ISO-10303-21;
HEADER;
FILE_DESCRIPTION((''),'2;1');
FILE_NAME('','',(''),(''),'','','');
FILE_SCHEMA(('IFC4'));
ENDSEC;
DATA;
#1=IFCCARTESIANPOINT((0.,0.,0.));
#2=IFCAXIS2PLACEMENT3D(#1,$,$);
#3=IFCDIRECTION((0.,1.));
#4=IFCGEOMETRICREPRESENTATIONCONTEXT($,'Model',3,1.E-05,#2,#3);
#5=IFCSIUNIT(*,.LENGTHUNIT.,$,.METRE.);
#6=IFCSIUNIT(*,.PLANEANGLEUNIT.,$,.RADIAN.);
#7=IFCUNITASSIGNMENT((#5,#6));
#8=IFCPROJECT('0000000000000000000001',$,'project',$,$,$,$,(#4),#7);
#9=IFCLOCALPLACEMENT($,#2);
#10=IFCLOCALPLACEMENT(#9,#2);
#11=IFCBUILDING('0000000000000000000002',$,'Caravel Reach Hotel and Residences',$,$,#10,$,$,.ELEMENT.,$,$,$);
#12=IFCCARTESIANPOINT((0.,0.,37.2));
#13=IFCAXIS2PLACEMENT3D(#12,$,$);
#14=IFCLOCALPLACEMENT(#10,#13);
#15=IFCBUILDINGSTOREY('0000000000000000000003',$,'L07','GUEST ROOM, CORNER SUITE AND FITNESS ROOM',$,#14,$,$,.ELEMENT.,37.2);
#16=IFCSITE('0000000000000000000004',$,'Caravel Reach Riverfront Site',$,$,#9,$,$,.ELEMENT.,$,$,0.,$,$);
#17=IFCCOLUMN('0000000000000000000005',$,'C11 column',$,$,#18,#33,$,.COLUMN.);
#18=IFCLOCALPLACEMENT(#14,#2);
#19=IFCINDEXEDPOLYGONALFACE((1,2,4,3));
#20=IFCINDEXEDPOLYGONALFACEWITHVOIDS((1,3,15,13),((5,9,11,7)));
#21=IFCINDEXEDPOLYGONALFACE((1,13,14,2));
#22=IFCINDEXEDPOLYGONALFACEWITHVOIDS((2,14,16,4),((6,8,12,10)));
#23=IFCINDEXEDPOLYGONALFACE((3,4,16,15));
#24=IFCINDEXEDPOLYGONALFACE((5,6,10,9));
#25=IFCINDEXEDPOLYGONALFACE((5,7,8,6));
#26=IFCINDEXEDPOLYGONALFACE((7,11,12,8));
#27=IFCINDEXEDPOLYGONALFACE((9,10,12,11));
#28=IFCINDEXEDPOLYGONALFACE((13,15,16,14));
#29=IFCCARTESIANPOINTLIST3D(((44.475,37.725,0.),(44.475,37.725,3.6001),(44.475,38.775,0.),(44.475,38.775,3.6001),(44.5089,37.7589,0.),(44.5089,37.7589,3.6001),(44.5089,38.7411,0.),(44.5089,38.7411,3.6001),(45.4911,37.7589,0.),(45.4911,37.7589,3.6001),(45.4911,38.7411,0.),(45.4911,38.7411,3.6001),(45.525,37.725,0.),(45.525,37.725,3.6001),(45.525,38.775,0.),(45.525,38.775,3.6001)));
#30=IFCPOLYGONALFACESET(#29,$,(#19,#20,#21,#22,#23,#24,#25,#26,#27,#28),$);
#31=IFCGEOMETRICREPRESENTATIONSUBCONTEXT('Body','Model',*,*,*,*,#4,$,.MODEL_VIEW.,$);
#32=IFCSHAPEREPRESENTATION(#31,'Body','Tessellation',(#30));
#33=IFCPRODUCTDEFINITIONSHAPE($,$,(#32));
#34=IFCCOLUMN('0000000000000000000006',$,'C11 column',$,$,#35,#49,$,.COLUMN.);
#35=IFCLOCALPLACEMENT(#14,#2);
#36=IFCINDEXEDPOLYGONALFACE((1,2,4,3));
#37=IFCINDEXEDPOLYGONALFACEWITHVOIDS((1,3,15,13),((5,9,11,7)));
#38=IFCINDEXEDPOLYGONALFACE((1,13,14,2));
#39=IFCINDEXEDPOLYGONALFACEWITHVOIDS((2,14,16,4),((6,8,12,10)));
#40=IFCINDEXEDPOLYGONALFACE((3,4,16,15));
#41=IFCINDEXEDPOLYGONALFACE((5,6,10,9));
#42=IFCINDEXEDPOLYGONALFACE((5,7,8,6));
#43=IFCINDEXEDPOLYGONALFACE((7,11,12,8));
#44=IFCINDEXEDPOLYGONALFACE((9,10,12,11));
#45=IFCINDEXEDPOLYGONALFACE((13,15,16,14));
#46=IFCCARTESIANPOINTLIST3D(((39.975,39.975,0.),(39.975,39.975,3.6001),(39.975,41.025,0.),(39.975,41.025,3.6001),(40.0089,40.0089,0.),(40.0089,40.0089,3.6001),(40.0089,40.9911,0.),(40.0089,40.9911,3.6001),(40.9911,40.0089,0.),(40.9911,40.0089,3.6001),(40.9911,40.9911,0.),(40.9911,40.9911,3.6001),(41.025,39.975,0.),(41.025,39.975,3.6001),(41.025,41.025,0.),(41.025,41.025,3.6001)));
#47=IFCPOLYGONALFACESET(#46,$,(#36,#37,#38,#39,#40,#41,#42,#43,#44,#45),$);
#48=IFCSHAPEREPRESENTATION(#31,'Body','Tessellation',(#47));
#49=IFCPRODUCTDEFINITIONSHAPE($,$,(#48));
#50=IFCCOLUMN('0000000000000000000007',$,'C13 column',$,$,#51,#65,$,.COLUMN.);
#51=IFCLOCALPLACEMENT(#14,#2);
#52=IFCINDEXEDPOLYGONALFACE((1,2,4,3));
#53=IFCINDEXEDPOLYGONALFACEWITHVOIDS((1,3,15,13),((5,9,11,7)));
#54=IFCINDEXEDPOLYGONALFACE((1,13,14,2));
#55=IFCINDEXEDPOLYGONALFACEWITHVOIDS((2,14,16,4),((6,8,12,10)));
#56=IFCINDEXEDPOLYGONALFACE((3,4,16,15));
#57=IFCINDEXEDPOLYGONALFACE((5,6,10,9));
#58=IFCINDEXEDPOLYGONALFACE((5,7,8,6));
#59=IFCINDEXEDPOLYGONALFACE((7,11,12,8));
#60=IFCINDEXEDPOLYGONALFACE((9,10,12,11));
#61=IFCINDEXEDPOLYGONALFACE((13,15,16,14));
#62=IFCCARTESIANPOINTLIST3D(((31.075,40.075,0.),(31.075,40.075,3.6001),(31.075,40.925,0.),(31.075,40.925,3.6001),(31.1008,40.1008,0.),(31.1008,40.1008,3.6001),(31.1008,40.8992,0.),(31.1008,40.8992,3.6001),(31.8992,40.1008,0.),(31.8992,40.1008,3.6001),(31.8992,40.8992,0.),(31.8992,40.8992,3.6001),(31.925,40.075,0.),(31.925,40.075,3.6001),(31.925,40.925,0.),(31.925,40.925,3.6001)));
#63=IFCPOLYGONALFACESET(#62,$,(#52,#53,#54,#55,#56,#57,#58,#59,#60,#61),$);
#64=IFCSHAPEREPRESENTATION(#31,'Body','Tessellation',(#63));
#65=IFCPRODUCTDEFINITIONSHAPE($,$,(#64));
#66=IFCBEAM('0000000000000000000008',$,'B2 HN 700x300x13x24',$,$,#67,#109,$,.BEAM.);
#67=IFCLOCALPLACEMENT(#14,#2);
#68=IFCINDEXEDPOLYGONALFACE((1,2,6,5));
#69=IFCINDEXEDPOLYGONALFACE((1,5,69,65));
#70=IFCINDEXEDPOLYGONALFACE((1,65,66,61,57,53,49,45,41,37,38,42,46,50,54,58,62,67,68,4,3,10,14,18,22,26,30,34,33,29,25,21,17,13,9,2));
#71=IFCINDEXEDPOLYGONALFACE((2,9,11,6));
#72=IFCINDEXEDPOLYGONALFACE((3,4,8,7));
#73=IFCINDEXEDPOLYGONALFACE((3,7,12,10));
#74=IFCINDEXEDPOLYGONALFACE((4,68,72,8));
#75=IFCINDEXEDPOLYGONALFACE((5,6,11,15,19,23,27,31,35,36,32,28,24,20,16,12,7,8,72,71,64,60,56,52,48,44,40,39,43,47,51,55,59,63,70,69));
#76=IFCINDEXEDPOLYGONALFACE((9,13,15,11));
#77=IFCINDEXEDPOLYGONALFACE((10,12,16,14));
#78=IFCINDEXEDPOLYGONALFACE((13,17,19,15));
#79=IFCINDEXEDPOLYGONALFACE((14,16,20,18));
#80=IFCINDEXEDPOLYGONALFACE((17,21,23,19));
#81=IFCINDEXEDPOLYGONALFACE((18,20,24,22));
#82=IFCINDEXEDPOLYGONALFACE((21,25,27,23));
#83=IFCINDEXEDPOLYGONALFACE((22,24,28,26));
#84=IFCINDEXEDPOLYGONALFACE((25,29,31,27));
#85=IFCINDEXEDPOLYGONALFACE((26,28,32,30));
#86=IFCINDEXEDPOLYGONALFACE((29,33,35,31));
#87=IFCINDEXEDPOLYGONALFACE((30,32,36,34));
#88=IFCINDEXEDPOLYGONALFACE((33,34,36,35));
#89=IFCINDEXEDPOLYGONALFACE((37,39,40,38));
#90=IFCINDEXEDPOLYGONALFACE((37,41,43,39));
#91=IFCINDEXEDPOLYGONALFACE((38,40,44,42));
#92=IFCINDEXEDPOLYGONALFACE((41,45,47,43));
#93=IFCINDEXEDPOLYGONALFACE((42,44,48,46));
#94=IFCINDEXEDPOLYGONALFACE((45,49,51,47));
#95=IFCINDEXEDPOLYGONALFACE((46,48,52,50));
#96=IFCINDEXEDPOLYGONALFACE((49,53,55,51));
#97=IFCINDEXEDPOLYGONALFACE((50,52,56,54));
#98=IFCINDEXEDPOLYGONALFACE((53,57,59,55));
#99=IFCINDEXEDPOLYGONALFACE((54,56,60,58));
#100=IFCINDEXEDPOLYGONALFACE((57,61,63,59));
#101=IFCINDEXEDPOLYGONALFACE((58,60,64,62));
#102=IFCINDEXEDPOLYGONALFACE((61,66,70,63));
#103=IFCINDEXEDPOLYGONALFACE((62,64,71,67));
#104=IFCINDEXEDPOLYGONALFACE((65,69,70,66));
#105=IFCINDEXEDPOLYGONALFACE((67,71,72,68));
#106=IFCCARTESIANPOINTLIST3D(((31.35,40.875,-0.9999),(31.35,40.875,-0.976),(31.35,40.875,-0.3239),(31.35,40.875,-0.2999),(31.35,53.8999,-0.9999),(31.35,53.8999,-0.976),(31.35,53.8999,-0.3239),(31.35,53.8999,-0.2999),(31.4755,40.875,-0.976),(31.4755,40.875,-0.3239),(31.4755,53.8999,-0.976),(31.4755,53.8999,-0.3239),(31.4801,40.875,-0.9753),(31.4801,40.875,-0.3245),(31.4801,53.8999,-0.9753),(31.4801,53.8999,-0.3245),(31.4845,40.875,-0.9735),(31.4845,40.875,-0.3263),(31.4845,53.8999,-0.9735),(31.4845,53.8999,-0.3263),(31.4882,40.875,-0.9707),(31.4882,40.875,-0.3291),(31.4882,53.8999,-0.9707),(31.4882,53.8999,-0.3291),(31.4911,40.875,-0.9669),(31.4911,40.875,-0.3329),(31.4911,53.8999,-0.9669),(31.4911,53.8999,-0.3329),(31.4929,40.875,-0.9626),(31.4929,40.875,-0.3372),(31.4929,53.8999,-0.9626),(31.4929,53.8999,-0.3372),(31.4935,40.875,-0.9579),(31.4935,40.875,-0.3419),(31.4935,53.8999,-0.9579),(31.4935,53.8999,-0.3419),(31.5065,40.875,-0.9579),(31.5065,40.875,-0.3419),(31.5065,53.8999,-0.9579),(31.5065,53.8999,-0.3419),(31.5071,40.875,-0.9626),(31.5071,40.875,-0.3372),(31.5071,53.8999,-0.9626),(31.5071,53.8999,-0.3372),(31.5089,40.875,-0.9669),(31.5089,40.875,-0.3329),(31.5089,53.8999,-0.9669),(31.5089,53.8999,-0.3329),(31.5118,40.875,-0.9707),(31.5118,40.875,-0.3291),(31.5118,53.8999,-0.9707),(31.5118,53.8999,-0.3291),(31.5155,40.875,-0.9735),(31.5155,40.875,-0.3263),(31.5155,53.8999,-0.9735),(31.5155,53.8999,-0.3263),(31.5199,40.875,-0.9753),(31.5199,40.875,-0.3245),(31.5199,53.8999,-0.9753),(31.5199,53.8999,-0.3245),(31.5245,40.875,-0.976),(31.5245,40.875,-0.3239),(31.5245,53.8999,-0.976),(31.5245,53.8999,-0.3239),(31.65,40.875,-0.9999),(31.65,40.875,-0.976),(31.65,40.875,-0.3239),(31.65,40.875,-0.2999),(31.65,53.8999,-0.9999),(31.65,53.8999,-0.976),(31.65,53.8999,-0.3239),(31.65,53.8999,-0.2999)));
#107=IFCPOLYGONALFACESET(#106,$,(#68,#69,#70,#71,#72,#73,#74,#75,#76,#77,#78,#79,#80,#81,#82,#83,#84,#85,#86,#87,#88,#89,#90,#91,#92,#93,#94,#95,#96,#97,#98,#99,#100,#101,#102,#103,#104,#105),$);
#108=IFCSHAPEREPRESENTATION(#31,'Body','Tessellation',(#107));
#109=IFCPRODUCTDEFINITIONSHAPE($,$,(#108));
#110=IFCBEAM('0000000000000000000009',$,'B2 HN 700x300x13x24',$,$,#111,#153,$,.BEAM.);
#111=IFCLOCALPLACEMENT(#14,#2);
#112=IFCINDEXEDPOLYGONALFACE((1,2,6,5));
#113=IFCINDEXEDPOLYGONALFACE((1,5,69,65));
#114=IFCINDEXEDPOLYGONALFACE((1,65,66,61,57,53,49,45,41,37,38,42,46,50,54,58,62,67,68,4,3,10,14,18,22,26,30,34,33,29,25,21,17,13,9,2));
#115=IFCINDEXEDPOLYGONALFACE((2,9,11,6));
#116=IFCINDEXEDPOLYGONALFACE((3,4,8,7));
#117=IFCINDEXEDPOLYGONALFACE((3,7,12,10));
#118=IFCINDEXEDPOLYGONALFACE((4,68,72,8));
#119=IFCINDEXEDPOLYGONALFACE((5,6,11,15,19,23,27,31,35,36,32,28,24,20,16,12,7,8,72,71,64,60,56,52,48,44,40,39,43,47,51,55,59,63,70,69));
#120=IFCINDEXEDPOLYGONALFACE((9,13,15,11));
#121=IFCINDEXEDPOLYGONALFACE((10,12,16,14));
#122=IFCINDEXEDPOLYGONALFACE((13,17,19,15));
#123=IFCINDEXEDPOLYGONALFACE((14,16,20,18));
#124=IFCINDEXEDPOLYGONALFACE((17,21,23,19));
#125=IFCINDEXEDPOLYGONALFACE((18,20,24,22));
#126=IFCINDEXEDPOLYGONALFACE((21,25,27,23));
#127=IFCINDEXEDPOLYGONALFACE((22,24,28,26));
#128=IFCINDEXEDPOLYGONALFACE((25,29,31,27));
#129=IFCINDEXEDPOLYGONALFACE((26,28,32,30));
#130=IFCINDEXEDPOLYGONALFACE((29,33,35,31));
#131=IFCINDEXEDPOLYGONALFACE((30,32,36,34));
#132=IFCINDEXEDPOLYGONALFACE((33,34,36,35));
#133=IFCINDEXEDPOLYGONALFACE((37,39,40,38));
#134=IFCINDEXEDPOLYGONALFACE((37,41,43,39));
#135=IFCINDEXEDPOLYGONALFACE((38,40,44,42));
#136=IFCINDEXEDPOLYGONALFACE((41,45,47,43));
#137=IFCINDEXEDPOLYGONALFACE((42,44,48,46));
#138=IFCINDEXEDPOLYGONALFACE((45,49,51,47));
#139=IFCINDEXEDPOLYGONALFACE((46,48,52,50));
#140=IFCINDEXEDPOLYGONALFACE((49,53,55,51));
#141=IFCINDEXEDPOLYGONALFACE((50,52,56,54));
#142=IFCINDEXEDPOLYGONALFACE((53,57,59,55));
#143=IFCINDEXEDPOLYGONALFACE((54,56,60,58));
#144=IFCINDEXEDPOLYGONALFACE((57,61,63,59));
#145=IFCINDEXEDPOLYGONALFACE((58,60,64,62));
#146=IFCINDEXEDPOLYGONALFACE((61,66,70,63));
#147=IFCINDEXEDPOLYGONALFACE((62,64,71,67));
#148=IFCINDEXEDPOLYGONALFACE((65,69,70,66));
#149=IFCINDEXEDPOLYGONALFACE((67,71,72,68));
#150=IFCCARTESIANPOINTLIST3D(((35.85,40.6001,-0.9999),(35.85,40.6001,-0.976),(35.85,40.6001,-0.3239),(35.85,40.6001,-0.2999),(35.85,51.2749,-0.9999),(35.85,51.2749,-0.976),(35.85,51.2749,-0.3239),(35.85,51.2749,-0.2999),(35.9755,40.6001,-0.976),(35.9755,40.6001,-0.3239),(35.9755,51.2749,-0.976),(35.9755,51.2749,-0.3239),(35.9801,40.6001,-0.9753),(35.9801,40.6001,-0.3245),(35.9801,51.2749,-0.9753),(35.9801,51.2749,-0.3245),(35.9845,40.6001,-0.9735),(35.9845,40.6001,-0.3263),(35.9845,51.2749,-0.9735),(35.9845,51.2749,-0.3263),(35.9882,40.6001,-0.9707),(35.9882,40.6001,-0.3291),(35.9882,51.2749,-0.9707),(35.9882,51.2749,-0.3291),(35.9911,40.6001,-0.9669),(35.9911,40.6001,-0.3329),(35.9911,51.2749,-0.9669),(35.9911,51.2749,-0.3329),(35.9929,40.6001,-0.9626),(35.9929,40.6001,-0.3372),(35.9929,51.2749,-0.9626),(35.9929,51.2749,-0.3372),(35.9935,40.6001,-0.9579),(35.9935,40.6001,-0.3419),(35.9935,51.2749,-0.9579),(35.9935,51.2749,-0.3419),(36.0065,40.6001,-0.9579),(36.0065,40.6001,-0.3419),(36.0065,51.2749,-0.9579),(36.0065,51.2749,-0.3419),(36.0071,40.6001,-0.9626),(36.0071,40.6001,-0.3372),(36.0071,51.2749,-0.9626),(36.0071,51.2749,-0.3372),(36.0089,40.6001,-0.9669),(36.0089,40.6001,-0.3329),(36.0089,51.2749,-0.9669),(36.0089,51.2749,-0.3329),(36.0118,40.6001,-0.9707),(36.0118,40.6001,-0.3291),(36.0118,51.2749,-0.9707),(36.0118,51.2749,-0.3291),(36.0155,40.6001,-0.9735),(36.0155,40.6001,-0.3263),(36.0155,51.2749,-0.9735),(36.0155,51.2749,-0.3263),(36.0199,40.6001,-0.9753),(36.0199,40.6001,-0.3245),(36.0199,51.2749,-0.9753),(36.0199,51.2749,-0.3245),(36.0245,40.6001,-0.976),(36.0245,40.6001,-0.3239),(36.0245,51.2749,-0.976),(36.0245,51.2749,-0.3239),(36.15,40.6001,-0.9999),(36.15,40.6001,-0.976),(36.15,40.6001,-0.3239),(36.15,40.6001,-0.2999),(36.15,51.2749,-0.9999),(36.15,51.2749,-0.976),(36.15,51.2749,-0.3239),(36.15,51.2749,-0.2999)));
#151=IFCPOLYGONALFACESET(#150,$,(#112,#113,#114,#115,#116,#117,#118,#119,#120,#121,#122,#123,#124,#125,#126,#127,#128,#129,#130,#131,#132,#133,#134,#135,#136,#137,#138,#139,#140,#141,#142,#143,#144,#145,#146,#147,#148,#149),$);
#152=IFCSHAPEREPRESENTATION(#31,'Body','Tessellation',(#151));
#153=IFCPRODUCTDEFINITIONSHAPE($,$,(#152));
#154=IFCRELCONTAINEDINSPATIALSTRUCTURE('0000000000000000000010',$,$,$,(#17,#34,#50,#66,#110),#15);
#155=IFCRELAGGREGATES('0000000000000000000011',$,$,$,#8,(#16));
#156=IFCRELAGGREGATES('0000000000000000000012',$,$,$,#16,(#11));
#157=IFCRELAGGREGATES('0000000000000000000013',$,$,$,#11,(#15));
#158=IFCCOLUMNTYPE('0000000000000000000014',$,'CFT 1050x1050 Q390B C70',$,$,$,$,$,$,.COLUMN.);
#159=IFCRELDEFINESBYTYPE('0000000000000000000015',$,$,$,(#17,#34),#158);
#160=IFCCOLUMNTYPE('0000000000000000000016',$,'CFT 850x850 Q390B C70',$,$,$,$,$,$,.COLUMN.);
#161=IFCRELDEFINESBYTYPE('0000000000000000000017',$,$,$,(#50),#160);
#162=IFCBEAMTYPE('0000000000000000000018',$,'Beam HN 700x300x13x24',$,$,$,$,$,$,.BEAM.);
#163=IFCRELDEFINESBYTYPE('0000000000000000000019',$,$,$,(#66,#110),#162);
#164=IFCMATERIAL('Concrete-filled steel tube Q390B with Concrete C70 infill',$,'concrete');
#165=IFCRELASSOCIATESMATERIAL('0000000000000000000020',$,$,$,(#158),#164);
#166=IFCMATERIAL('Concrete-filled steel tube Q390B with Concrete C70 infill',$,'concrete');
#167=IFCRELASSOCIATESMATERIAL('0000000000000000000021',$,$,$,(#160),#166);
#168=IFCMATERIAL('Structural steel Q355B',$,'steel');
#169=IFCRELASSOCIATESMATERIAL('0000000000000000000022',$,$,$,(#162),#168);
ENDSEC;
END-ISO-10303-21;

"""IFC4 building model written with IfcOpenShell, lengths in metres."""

from ifc_helpers import new_model, si_unit, direction, frame, origin, origin_2d, place, context, subcontext, project, spatial, hollow_rectangle, i_section, extrude, material, material_profile, profile_set, type_object, element, save


model = new_model("IFC4")

# Units and contexts
model_context = context("Model", 3, precision=1e-05, world=origin(), true_north=direction((0.0, 1.0)))
body_context = subcontext(model_context, "Body", "Model", "MODEL_VIEW")
ifc_project = project(units=[si_unit("LENGTHUNIT", "METRE"), si_unit("PLANEANGLEUNIT", "RADIAN")], contexts=[model_context])

# Site, building, storey
site_placement = place(None, origin())
site = spatial("IfcSite", under=ifc_project, at=site_placement, Name="Caravel Reach Riverfront Site", CompositionType="ELEMENT", RefElevation=0.0)
building_placement = place(site_placement, origin())
building = spatial("IfcBuilding", under=site, at=building_placement, Name="Caravel Reach Hotel and Residences", CompositionType="ELEMENT")
storey_placement = place(building_placement, frame((0.0, 0.0, 37.2)))
storey = spatial("IfcBuildingStorey", under=building, at=storey_placement, Name="L07", Description="GUEST ROOM, CORNER SUITE AND FITNESS ROOM", CompositionType="ELEMENT", Elevation=37.2)

# Columns
ifc_material_1 = material(Name="Concrete-filled steel tube Q390B with Concrete C70 infill", Category="concrete")
ifc_material_profile_1 = material_profile(ifc_material_1, hollow_rectangle(XDim=1.05, YDim=1.05, WallThickness=0.0339, at=origin_2d()), Name="RHS 1050x1050x34")
ifc_profile_set_1 = profile_set([ifc_material_profile_1], Name="Concrete-filled steel tube Q390B with Concrete C70 infill")
column_type_1 = type_object("IfcColumnType", Name="CFT 1050x1050 Q390B C70", PredefinedType="COLUMN", material=ifc_profile_set_1)
for number, where, z_axis, x_axis, name in (
    (1, (45.0, 38.25, 0.0), (0.0, 0.0, 1.0), (1.0, 0.0, 0.0), "C11 column"),
    (2, (40.5, 40.5, 0.0), (0.0, 0.0, 1.0), (1.0, 0.0, 0.0), "C11 column"),
):
    element("IfcColumn", number, at=place(storey_placement, frame(where, z_axis=z_axis, x_axis=x_axis)), inside=storey, type_object=column_type_1, Name=name, PredefinedType="COLUMN", context=body_context, shape_type="SweptSolid", body=[
        extrude(hollow_rectangle(XDim=1.05, YDim=1.05, WallThickness=0.0339, at=origin_2d()), origin(), (0.0, 0.0, 1.0), 3.6001),
    ])
ifc_material_2 = material(Name="Concrete-filled steel tube Q390B with Concrete C70 infill", Category="concrete")
ifc_material_profile_2 = material_profile(ifc_material_2, hollow_rectangle(XDim=0.8501, YDim=0.8501, WallThickness=0.0259, at=origin_2d()), Name="RHS 850x850x26")
ifc_profile_set_2 = profile_set([ifc_material_profile_2], Name="Concrete-filled steel tube Q390B with Concrete C70 infill")
column_type_2 = type_object("IfcColumnType", Name="CFT 850x850 Q390B C70", PredefinedType="COLUMN", material=ifc_profile_set_2)
column_placement = place(storey_placement, frame((31.5, 40.5, 0.0), z_axis=(0.0, 0.0, 1.0), x_axis=(1.0, 0.0, 0.0)))
element("IfcColumn", 3, at=column_placement, inside=storey, type_object=column_type_2, Name="C13 column", PredefinedType="COLUMN", context=body_context, shape_type="SweptSolid", body=[
    extrude(hollow_rectangle(XDim=0.8501, YDim=0.8501, WallThickness=0.0259, at=origin_2d()), origin(), (0.0, 0.0, 1.0), 3.6001),
])

# Beams
ifc_material_3 = material(Name="Structural steel Q355B", Category="steel")
ifc_material_profile_3 = material_profile(ifc_material_3, i_section(OverallWidth=0.3, OverallDepth=0.7, WebThickness=0.0129, FlangeThickness=0.0239, FilletRadius=0.0181, at=origin_2d()), Name="HN 700x300x13x24")
ifc_profile_set_3 = profile_set([ifc_material_profile_3], Name="Structural steel Q355B")
beam_type_1 = type_object("IfcBeamType", Name="Beam HN 700x300x13x24", PredefinedType="BEAM", material=ifc_profile_set_3)
beam_1_placement = place(storey_placement, frame((31.5, 40.875, -0.6499), z_axis=(0.0, 1.0, 0.0), x_axis=(-1.0, 0.0, 0.0)))
element("IfcBeam", 4, at=beam_1_placement, inside=storey, type_object=beam_type_1, Name="B2 HN 700x300x13x24", PredefinedType="BEAM", context=body_context, shape_type="SweptSolid", body=[
    extrude(i_section(OverallWidth=0.3, OverallDepth=0.7, WebThickness=0.0129, FlangeThickness=0.0239, FilletRadius=0.0181, at=origin_2d()), origin(), (0.0, 0.0, 1.0), 13.0249),
])
beam_2_placement = place(storey_placement, frame((36.0, 40.6001, -0.6499), z_axis=(0.0, 1.0, 0.0), x_axis=(-1.0, 0.0, 0.0)))
element("IfcBeam", 5, at=beam_2_placement, inside=storey, type_object=beam_type_1, Name="B2 HN 700x300x13x24", PredefinedType="BEAM", context=body_context, shape_type="SweptSolid", body=[
    extrude(i_section(OverallWidth=0.3, OverallDepth=0.7, WebThickness=0.0129, FlangeThickness=0.0239, FilletRadius=0.0181, at=origin_2d()), origin(), (0.0, 0.0, 1.0), 10.6748),
])

save(model, "model.ifc")
